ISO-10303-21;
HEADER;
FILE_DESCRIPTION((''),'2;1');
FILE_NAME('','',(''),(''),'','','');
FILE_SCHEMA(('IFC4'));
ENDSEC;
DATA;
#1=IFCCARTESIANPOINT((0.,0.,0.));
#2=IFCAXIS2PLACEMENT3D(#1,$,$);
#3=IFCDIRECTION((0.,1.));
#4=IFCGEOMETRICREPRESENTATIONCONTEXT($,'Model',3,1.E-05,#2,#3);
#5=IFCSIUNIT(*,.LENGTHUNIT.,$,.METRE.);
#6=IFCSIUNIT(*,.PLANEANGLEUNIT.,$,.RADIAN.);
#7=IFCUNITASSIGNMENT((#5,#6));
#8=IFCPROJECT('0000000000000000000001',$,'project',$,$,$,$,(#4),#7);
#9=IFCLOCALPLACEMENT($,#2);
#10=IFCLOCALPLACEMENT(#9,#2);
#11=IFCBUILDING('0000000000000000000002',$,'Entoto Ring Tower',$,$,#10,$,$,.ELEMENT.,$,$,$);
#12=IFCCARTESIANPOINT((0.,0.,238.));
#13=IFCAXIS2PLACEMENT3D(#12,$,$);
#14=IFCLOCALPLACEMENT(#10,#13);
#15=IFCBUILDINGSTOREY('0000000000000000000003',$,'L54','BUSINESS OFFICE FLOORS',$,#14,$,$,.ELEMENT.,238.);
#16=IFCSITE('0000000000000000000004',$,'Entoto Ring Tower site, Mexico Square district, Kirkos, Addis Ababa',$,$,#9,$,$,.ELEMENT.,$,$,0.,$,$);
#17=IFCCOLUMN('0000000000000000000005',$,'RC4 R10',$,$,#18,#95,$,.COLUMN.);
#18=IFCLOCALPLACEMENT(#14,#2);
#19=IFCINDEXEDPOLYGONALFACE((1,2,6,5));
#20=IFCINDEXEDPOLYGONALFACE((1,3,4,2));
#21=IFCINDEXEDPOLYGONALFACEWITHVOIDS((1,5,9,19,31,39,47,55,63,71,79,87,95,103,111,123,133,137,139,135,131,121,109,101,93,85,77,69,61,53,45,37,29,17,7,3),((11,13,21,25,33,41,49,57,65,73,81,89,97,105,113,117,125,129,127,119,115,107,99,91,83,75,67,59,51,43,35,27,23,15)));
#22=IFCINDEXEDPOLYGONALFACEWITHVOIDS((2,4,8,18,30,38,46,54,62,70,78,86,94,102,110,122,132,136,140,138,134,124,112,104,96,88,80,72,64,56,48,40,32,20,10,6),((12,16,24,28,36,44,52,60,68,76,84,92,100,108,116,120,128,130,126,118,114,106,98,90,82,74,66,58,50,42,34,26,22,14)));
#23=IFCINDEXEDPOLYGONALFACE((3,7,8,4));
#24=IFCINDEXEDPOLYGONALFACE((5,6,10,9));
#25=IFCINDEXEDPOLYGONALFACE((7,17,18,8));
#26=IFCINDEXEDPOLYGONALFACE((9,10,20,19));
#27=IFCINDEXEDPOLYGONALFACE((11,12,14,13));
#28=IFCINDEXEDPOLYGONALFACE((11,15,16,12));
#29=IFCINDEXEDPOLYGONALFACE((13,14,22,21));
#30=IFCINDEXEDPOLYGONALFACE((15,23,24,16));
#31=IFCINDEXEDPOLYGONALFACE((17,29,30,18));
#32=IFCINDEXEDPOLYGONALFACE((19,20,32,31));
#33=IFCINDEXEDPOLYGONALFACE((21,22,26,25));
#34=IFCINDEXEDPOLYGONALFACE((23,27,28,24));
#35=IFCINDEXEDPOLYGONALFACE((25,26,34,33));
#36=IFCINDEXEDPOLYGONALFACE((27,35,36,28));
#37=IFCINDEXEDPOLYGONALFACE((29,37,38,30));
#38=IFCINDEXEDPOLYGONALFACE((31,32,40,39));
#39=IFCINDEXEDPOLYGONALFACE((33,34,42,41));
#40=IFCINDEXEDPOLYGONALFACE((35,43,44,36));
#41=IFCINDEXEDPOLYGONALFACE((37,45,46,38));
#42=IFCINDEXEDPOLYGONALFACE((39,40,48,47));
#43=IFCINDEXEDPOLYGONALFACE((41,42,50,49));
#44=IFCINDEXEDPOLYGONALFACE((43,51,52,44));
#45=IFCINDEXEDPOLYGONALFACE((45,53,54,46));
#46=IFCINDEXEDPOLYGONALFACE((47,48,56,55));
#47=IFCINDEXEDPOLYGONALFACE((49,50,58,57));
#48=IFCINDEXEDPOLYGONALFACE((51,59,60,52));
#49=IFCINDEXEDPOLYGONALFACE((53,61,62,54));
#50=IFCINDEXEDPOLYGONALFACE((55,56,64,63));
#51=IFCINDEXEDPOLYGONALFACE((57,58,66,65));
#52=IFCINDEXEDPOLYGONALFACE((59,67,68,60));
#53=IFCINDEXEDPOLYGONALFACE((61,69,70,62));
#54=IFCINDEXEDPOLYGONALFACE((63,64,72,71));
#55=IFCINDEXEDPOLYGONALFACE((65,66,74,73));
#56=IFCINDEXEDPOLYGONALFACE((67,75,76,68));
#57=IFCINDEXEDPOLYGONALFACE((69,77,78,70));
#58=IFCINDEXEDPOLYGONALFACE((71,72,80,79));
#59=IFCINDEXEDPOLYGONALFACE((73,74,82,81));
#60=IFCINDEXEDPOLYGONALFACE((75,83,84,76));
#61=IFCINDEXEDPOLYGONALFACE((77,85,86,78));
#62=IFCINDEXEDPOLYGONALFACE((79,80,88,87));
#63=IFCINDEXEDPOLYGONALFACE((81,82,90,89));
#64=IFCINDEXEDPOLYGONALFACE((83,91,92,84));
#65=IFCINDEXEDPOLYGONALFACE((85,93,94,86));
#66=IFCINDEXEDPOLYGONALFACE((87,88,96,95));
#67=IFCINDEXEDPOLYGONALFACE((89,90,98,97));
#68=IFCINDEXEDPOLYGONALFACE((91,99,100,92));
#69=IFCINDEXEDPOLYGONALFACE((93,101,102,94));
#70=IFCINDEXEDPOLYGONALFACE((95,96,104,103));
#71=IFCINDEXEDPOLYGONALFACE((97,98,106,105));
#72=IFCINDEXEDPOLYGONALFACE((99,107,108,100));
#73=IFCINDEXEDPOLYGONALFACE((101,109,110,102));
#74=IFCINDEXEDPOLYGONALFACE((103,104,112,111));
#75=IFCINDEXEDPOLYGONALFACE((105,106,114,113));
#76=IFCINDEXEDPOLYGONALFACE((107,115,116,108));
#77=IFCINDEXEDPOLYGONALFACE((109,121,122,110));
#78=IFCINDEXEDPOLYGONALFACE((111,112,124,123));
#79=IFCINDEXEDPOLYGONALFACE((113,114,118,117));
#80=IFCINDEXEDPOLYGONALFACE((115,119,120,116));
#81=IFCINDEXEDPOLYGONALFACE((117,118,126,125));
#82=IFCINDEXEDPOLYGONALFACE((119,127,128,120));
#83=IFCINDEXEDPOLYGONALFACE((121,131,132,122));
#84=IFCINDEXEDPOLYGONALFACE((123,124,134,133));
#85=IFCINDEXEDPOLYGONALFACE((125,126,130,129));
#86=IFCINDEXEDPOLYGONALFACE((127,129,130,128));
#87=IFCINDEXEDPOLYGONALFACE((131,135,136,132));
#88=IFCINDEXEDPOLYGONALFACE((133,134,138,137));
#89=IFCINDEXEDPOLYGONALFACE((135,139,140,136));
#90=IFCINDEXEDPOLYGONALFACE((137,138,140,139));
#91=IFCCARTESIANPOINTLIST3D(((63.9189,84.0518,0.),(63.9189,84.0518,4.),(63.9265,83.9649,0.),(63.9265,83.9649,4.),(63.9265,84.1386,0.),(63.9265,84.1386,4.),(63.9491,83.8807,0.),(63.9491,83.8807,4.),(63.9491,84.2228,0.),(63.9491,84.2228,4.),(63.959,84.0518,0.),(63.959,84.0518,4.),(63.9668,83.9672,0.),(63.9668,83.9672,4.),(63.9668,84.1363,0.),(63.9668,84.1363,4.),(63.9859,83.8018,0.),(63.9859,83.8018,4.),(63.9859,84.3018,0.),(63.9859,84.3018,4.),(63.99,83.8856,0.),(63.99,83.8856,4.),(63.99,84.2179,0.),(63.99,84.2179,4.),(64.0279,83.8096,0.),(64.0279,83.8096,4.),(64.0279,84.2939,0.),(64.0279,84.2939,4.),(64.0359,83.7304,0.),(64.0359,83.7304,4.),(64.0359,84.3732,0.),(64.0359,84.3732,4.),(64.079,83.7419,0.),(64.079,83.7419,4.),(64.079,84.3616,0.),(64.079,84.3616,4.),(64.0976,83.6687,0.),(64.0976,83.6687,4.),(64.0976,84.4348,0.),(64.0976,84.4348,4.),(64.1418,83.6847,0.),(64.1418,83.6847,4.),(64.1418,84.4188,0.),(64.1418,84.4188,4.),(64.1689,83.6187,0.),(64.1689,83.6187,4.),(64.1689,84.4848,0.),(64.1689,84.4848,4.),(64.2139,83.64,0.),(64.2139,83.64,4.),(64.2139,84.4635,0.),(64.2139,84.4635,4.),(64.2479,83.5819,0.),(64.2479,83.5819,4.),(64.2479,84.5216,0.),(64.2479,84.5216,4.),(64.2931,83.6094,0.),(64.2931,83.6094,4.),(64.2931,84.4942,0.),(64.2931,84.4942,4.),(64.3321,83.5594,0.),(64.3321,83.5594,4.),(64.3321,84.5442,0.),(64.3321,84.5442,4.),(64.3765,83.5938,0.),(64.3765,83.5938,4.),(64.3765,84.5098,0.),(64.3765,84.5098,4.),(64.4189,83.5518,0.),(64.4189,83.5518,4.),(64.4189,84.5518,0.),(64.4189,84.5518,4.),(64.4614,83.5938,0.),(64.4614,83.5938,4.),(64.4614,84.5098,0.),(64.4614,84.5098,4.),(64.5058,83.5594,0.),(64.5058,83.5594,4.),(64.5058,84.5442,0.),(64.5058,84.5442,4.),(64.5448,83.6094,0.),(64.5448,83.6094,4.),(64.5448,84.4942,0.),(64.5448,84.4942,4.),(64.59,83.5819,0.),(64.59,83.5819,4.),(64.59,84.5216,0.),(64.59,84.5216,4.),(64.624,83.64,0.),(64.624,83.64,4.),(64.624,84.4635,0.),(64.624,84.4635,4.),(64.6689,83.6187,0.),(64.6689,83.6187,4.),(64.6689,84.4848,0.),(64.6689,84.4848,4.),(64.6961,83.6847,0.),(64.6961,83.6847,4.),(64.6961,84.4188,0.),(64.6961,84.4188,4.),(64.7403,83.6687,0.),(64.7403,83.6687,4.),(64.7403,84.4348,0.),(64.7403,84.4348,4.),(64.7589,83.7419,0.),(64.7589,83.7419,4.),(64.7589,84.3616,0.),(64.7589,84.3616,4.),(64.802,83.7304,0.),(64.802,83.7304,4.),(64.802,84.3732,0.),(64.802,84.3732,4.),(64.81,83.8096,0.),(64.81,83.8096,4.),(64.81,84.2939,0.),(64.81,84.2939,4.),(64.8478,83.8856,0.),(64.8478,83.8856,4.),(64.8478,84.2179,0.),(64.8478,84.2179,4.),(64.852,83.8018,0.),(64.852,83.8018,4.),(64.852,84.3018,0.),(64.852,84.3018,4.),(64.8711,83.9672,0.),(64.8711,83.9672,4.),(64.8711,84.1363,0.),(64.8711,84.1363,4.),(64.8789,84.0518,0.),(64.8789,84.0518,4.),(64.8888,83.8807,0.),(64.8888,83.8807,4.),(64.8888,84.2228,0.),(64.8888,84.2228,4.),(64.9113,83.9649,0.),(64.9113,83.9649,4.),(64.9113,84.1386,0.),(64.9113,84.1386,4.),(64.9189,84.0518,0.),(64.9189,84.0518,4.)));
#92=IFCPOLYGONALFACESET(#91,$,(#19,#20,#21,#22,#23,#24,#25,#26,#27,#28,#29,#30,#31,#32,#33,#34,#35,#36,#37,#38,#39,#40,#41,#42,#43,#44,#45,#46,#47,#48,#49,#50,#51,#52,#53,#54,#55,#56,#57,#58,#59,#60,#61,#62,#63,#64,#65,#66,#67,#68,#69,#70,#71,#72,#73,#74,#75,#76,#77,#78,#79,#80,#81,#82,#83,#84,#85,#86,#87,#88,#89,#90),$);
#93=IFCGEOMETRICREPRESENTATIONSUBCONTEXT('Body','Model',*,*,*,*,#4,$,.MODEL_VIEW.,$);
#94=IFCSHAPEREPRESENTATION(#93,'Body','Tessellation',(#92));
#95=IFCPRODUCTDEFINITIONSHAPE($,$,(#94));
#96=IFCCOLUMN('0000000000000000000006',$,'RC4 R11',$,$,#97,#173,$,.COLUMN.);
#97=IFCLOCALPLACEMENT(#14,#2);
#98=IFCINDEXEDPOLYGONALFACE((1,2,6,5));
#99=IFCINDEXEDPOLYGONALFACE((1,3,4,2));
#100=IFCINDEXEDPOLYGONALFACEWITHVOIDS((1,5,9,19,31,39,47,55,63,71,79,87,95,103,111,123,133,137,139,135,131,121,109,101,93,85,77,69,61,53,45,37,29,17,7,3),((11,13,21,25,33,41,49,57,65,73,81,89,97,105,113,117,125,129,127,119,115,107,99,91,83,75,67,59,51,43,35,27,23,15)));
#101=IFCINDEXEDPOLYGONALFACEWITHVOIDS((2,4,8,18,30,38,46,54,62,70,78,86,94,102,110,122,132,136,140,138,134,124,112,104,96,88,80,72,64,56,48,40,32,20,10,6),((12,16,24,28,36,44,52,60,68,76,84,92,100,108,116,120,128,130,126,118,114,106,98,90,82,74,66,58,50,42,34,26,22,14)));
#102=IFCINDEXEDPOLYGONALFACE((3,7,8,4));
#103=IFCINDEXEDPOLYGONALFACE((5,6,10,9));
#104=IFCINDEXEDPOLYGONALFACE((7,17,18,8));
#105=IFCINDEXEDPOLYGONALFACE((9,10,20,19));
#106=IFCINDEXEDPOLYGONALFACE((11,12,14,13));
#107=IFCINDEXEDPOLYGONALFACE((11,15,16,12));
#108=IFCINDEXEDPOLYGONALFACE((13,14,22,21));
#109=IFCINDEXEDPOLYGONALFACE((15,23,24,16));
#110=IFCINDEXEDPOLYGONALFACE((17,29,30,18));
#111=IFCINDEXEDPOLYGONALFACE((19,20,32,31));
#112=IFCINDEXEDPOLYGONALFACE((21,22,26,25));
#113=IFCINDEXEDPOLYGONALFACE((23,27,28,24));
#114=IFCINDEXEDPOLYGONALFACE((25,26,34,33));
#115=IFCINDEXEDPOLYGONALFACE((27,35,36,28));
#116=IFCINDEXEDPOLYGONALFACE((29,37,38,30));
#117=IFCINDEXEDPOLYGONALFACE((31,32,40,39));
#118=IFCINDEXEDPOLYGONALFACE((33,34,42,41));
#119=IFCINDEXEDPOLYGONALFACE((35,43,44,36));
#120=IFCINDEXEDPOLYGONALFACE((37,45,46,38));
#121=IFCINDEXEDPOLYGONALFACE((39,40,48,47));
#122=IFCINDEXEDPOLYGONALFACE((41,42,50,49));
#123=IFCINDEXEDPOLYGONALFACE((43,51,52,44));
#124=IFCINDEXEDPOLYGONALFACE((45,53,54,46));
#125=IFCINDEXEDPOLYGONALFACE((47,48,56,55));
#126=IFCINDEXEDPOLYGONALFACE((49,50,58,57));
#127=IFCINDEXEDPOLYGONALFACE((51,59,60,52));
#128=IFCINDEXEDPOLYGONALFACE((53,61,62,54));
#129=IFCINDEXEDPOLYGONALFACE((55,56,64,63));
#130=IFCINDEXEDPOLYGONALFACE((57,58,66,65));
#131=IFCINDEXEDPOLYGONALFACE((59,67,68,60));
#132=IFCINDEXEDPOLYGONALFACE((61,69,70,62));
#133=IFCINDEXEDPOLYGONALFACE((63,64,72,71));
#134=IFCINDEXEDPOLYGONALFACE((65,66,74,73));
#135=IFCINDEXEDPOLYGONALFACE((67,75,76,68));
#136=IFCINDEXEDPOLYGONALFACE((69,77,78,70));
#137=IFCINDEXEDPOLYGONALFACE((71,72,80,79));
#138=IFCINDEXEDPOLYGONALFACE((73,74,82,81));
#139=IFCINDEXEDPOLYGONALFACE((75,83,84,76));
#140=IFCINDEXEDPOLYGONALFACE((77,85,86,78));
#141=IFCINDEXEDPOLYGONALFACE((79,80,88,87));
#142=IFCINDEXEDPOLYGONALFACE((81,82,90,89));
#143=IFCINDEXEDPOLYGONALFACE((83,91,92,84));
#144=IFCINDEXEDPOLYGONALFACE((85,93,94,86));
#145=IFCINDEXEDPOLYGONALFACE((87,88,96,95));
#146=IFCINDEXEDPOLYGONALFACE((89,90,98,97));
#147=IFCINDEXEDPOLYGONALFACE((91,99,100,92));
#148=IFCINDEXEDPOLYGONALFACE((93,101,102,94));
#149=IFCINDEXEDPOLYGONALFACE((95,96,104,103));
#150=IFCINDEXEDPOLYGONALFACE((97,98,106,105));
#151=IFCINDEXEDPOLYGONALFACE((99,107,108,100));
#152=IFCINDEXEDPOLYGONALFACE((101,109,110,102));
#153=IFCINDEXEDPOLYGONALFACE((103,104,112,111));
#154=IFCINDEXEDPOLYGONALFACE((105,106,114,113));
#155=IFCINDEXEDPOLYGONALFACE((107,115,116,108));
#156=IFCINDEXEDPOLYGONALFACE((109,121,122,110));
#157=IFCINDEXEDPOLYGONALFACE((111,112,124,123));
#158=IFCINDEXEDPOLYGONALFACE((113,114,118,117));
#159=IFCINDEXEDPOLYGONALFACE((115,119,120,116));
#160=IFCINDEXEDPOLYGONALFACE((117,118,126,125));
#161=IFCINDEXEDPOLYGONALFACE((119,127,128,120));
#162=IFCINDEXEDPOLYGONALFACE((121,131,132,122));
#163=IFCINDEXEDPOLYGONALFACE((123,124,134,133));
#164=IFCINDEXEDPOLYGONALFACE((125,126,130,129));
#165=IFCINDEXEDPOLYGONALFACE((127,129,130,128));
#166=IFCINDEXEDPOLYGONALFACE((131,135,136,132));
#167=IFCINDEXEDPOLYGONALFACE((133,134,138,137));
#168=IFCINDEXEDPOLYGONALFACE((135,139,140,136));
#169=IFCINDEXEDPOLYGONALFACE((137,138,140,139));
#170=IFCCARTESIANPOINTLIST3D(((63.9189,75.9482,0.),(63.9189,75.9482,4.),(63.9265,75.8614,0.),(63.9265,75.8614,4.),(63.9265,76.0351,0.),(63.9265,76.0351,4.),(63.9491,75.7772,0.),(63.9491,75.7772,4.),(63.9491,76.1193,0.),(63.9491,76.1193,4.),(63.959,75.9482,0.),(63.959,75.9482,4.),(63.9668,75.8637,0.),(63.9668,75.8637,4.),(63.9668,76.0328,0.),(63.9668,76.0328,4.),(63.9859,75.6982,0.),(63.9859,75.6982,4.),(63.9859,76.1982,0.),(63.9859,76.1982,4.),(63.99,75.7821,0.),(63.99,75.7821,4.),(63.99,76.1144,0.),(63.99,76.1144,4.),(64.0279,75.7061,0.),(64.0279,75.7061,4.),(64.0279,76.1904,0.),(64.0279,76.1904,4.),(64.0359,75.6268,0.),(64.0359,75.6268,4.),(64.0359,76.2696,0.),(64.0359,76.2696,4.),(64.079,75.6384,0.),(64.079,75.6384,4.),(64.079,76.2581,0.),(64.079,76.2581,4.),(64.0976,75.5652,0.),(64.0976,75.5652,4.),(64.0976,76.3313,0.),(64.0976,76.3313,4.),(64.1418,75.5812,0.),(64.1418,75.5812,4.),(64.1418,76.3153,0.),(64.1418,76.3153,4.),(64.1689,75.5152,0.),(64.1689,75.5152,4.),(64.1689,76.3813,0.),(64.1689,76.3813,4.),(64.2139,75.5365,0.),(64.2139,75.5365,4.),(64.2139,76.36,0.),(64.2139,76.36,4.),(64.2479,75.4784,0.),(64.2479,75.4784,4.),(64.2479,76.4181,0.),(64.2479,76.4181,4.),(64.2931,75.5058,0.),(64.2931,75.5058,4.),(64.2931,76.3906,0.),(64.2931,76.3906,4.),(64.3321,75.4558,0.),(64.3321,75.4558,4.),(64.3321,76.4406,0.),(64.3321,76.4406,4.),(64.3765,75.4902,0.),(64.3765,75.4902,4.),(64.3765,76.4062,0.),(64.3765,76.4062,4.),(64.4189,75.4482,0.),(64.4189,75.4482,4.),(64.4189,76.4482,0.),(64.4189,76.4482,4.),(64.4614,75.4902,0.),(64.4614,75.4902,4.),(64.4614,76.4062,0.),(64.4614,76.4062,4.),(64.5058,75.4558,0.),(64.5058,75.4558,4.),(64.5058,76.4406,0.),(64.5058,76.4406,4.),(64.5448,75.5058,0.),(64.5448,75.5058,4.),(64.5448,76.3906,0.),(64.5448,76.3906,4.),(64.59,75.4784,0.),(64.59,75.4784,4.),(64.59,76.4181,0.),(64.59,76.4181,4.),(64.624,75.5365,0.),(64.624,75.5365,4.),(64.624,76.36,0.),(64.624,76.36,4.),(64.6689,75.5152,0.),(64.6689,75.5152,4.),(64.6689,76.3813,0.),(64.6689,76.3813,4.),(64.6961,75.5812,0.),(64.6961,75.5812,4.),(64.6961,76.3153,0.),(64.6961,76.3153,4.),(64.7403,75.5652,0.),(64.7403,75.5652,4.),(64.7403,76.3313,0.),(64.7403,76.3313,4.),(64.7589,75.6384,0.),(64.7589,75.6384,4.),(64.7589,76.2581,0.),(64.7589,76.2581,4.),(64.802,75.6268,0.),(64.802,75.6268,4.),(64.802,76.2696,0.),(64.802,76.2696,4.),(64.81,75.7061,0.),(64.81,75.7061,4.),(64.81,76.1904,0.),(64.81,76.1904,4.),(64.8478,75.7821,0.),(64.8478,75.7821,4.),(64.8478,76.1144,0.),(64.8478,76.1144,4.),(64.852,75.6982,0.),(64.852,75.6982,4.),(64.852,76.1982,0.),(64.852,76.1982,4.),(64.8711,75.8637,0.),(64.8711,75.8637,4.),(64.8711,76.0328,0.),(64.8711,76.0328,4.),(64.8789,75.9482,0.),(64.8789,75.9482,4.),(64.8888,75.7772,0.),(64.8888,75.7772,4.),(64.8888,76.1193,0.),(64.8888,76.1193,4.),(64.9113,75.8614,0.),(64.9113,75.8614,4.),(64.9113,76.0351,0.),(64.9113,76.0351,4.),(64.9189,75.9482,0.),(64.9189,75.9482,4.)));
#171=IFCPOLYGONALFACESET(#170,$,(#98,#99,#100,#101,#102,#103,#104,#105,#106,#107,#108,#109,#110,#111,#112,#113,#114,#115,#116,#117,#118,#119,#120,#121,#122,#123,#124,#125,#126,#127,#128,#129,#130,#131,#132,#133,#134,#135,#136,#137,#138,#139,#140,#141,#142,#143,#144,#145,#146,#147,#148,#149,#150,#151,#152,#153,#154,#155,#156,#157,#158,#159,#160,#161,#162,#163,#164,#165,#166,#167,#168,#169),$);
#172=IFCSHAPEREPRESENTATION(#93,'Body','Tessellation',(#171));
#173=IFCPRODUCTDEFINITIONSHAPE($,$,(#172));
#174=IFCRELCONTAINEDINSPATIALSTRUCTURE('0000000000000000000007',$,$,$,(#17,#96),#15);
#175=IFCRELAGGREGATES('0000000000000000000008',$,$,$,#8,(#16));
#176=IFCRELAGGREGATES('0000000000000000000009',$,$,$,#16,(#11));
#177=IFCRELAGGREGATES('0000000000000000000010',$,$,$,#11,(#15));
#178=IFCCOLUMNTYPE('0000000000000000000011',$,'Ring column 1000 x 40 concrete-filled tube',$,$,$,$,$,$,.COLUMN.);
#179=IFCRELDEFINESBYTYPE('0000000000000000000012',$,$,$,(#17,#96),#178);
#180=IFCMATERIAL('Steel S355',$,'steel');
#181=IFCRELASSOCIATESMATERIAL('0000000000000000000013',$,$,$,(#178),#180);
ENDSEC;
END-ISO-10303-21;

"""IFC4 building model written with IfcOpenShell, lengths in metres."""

from ifc_helpers import new_model, si_unit, direction, frame, origin, origin_2d, place, context, subcontext, project, spatial, circle, hollow_circle, extrude, material, material_profile, profile_set, type_object, element, save


model = new_model("IFC4")

# Units and contexts
model_context = context("Model", 3, precision=1e-05, world=origin(), true_north=direction((0.0, 1.0)))
body_context = subcontext(model_context, "Body", "Model", "MODEL_VIEW")
ifc_project = project(units=[si_unit("LENGTHUNIT", "METRE"), si_unit("PLANEANGLEUNIT", "RADIAN")], contexts=[model_context])

# Site, building, storey
site_placement = place(None, origin())
site = spatial("IfcSite", under=ifc_project, at=site_placement, Name="Entoto Ring Tower site, Mexico Square district, Kirkos, Addis Ababa", CompositionType="ELEMENT", RefElevation=0.0)
building_placement = place(site_placement, origin())
building = spatial("IfcBuilding", under=site, at=building_placement, Name="Entoto Ring Tower", CompositionType="ELEMENT")
storey_placement = place(building_placement, frame((0.0, 0.0, 238.0)))
storey = spatial("IfcBuildingStorey", under=building, at=storey_placement, Name="L54", Description="BUSINESS OFFICE FLOORS", CompositionType="ELEMENT", Elevation=238.0)

# Columns
ifc_material_1 = material(Name="Steel S355", Category="steel")
ifc_material_profile_1 = material_profile(ifc_material_1, hollow_circle(Radius=0.5, WallThickness=0.04, at=origin_2d()), Name="CHS 1000 x 40")
ifc_material_2 = material(Name="Concrete C60/75", Category="concrete")
ifc_material_profile_2 = material_profile(ifc_material_2, circle(Radius=0.46, at=origin_2d()), Name="Concrete C60/75 infill")
ifc_profile_set_1 = profile_set([ifc_material_profile_1, ifc_material_profile_2], Name="Steel S355")
column_type = type_object("IfcColumnType", Name="Ring column 1000 x 40 concrete-filled tube", PredefinedType="COLUMN", material=ifc_profile_set_1)
for number, where, z_axis, x_axis, name in (
    (1, (64.4189, 84.0518, 0.0), (0.0, 0.0, 1.0), (1.0, 0.0, 0.0), "RC4 R10"),
    (2, (64.4189, 75.9482, 0.0), (0.0, 0.0, 1.0), (1.0, 0.0, 0.0), "RC4 R11"),
):
    element("IfcColumn", number, at=place(storey_placement, frame(where, z_axis=z_axis, x_axis=x_axis)), inside=storey, type_object=column_type, Name=name, PredefinedType="COLUMN", context=body_context, shape_type="SweptSolid", body=[
        extrude(hollow_circle(Radius=0.5, WallThickness=0.04, at=origin_2d()), origin(), (0.0, 0.0, 1.0), 4.0),
    ])

save(model, "model.ifc")
